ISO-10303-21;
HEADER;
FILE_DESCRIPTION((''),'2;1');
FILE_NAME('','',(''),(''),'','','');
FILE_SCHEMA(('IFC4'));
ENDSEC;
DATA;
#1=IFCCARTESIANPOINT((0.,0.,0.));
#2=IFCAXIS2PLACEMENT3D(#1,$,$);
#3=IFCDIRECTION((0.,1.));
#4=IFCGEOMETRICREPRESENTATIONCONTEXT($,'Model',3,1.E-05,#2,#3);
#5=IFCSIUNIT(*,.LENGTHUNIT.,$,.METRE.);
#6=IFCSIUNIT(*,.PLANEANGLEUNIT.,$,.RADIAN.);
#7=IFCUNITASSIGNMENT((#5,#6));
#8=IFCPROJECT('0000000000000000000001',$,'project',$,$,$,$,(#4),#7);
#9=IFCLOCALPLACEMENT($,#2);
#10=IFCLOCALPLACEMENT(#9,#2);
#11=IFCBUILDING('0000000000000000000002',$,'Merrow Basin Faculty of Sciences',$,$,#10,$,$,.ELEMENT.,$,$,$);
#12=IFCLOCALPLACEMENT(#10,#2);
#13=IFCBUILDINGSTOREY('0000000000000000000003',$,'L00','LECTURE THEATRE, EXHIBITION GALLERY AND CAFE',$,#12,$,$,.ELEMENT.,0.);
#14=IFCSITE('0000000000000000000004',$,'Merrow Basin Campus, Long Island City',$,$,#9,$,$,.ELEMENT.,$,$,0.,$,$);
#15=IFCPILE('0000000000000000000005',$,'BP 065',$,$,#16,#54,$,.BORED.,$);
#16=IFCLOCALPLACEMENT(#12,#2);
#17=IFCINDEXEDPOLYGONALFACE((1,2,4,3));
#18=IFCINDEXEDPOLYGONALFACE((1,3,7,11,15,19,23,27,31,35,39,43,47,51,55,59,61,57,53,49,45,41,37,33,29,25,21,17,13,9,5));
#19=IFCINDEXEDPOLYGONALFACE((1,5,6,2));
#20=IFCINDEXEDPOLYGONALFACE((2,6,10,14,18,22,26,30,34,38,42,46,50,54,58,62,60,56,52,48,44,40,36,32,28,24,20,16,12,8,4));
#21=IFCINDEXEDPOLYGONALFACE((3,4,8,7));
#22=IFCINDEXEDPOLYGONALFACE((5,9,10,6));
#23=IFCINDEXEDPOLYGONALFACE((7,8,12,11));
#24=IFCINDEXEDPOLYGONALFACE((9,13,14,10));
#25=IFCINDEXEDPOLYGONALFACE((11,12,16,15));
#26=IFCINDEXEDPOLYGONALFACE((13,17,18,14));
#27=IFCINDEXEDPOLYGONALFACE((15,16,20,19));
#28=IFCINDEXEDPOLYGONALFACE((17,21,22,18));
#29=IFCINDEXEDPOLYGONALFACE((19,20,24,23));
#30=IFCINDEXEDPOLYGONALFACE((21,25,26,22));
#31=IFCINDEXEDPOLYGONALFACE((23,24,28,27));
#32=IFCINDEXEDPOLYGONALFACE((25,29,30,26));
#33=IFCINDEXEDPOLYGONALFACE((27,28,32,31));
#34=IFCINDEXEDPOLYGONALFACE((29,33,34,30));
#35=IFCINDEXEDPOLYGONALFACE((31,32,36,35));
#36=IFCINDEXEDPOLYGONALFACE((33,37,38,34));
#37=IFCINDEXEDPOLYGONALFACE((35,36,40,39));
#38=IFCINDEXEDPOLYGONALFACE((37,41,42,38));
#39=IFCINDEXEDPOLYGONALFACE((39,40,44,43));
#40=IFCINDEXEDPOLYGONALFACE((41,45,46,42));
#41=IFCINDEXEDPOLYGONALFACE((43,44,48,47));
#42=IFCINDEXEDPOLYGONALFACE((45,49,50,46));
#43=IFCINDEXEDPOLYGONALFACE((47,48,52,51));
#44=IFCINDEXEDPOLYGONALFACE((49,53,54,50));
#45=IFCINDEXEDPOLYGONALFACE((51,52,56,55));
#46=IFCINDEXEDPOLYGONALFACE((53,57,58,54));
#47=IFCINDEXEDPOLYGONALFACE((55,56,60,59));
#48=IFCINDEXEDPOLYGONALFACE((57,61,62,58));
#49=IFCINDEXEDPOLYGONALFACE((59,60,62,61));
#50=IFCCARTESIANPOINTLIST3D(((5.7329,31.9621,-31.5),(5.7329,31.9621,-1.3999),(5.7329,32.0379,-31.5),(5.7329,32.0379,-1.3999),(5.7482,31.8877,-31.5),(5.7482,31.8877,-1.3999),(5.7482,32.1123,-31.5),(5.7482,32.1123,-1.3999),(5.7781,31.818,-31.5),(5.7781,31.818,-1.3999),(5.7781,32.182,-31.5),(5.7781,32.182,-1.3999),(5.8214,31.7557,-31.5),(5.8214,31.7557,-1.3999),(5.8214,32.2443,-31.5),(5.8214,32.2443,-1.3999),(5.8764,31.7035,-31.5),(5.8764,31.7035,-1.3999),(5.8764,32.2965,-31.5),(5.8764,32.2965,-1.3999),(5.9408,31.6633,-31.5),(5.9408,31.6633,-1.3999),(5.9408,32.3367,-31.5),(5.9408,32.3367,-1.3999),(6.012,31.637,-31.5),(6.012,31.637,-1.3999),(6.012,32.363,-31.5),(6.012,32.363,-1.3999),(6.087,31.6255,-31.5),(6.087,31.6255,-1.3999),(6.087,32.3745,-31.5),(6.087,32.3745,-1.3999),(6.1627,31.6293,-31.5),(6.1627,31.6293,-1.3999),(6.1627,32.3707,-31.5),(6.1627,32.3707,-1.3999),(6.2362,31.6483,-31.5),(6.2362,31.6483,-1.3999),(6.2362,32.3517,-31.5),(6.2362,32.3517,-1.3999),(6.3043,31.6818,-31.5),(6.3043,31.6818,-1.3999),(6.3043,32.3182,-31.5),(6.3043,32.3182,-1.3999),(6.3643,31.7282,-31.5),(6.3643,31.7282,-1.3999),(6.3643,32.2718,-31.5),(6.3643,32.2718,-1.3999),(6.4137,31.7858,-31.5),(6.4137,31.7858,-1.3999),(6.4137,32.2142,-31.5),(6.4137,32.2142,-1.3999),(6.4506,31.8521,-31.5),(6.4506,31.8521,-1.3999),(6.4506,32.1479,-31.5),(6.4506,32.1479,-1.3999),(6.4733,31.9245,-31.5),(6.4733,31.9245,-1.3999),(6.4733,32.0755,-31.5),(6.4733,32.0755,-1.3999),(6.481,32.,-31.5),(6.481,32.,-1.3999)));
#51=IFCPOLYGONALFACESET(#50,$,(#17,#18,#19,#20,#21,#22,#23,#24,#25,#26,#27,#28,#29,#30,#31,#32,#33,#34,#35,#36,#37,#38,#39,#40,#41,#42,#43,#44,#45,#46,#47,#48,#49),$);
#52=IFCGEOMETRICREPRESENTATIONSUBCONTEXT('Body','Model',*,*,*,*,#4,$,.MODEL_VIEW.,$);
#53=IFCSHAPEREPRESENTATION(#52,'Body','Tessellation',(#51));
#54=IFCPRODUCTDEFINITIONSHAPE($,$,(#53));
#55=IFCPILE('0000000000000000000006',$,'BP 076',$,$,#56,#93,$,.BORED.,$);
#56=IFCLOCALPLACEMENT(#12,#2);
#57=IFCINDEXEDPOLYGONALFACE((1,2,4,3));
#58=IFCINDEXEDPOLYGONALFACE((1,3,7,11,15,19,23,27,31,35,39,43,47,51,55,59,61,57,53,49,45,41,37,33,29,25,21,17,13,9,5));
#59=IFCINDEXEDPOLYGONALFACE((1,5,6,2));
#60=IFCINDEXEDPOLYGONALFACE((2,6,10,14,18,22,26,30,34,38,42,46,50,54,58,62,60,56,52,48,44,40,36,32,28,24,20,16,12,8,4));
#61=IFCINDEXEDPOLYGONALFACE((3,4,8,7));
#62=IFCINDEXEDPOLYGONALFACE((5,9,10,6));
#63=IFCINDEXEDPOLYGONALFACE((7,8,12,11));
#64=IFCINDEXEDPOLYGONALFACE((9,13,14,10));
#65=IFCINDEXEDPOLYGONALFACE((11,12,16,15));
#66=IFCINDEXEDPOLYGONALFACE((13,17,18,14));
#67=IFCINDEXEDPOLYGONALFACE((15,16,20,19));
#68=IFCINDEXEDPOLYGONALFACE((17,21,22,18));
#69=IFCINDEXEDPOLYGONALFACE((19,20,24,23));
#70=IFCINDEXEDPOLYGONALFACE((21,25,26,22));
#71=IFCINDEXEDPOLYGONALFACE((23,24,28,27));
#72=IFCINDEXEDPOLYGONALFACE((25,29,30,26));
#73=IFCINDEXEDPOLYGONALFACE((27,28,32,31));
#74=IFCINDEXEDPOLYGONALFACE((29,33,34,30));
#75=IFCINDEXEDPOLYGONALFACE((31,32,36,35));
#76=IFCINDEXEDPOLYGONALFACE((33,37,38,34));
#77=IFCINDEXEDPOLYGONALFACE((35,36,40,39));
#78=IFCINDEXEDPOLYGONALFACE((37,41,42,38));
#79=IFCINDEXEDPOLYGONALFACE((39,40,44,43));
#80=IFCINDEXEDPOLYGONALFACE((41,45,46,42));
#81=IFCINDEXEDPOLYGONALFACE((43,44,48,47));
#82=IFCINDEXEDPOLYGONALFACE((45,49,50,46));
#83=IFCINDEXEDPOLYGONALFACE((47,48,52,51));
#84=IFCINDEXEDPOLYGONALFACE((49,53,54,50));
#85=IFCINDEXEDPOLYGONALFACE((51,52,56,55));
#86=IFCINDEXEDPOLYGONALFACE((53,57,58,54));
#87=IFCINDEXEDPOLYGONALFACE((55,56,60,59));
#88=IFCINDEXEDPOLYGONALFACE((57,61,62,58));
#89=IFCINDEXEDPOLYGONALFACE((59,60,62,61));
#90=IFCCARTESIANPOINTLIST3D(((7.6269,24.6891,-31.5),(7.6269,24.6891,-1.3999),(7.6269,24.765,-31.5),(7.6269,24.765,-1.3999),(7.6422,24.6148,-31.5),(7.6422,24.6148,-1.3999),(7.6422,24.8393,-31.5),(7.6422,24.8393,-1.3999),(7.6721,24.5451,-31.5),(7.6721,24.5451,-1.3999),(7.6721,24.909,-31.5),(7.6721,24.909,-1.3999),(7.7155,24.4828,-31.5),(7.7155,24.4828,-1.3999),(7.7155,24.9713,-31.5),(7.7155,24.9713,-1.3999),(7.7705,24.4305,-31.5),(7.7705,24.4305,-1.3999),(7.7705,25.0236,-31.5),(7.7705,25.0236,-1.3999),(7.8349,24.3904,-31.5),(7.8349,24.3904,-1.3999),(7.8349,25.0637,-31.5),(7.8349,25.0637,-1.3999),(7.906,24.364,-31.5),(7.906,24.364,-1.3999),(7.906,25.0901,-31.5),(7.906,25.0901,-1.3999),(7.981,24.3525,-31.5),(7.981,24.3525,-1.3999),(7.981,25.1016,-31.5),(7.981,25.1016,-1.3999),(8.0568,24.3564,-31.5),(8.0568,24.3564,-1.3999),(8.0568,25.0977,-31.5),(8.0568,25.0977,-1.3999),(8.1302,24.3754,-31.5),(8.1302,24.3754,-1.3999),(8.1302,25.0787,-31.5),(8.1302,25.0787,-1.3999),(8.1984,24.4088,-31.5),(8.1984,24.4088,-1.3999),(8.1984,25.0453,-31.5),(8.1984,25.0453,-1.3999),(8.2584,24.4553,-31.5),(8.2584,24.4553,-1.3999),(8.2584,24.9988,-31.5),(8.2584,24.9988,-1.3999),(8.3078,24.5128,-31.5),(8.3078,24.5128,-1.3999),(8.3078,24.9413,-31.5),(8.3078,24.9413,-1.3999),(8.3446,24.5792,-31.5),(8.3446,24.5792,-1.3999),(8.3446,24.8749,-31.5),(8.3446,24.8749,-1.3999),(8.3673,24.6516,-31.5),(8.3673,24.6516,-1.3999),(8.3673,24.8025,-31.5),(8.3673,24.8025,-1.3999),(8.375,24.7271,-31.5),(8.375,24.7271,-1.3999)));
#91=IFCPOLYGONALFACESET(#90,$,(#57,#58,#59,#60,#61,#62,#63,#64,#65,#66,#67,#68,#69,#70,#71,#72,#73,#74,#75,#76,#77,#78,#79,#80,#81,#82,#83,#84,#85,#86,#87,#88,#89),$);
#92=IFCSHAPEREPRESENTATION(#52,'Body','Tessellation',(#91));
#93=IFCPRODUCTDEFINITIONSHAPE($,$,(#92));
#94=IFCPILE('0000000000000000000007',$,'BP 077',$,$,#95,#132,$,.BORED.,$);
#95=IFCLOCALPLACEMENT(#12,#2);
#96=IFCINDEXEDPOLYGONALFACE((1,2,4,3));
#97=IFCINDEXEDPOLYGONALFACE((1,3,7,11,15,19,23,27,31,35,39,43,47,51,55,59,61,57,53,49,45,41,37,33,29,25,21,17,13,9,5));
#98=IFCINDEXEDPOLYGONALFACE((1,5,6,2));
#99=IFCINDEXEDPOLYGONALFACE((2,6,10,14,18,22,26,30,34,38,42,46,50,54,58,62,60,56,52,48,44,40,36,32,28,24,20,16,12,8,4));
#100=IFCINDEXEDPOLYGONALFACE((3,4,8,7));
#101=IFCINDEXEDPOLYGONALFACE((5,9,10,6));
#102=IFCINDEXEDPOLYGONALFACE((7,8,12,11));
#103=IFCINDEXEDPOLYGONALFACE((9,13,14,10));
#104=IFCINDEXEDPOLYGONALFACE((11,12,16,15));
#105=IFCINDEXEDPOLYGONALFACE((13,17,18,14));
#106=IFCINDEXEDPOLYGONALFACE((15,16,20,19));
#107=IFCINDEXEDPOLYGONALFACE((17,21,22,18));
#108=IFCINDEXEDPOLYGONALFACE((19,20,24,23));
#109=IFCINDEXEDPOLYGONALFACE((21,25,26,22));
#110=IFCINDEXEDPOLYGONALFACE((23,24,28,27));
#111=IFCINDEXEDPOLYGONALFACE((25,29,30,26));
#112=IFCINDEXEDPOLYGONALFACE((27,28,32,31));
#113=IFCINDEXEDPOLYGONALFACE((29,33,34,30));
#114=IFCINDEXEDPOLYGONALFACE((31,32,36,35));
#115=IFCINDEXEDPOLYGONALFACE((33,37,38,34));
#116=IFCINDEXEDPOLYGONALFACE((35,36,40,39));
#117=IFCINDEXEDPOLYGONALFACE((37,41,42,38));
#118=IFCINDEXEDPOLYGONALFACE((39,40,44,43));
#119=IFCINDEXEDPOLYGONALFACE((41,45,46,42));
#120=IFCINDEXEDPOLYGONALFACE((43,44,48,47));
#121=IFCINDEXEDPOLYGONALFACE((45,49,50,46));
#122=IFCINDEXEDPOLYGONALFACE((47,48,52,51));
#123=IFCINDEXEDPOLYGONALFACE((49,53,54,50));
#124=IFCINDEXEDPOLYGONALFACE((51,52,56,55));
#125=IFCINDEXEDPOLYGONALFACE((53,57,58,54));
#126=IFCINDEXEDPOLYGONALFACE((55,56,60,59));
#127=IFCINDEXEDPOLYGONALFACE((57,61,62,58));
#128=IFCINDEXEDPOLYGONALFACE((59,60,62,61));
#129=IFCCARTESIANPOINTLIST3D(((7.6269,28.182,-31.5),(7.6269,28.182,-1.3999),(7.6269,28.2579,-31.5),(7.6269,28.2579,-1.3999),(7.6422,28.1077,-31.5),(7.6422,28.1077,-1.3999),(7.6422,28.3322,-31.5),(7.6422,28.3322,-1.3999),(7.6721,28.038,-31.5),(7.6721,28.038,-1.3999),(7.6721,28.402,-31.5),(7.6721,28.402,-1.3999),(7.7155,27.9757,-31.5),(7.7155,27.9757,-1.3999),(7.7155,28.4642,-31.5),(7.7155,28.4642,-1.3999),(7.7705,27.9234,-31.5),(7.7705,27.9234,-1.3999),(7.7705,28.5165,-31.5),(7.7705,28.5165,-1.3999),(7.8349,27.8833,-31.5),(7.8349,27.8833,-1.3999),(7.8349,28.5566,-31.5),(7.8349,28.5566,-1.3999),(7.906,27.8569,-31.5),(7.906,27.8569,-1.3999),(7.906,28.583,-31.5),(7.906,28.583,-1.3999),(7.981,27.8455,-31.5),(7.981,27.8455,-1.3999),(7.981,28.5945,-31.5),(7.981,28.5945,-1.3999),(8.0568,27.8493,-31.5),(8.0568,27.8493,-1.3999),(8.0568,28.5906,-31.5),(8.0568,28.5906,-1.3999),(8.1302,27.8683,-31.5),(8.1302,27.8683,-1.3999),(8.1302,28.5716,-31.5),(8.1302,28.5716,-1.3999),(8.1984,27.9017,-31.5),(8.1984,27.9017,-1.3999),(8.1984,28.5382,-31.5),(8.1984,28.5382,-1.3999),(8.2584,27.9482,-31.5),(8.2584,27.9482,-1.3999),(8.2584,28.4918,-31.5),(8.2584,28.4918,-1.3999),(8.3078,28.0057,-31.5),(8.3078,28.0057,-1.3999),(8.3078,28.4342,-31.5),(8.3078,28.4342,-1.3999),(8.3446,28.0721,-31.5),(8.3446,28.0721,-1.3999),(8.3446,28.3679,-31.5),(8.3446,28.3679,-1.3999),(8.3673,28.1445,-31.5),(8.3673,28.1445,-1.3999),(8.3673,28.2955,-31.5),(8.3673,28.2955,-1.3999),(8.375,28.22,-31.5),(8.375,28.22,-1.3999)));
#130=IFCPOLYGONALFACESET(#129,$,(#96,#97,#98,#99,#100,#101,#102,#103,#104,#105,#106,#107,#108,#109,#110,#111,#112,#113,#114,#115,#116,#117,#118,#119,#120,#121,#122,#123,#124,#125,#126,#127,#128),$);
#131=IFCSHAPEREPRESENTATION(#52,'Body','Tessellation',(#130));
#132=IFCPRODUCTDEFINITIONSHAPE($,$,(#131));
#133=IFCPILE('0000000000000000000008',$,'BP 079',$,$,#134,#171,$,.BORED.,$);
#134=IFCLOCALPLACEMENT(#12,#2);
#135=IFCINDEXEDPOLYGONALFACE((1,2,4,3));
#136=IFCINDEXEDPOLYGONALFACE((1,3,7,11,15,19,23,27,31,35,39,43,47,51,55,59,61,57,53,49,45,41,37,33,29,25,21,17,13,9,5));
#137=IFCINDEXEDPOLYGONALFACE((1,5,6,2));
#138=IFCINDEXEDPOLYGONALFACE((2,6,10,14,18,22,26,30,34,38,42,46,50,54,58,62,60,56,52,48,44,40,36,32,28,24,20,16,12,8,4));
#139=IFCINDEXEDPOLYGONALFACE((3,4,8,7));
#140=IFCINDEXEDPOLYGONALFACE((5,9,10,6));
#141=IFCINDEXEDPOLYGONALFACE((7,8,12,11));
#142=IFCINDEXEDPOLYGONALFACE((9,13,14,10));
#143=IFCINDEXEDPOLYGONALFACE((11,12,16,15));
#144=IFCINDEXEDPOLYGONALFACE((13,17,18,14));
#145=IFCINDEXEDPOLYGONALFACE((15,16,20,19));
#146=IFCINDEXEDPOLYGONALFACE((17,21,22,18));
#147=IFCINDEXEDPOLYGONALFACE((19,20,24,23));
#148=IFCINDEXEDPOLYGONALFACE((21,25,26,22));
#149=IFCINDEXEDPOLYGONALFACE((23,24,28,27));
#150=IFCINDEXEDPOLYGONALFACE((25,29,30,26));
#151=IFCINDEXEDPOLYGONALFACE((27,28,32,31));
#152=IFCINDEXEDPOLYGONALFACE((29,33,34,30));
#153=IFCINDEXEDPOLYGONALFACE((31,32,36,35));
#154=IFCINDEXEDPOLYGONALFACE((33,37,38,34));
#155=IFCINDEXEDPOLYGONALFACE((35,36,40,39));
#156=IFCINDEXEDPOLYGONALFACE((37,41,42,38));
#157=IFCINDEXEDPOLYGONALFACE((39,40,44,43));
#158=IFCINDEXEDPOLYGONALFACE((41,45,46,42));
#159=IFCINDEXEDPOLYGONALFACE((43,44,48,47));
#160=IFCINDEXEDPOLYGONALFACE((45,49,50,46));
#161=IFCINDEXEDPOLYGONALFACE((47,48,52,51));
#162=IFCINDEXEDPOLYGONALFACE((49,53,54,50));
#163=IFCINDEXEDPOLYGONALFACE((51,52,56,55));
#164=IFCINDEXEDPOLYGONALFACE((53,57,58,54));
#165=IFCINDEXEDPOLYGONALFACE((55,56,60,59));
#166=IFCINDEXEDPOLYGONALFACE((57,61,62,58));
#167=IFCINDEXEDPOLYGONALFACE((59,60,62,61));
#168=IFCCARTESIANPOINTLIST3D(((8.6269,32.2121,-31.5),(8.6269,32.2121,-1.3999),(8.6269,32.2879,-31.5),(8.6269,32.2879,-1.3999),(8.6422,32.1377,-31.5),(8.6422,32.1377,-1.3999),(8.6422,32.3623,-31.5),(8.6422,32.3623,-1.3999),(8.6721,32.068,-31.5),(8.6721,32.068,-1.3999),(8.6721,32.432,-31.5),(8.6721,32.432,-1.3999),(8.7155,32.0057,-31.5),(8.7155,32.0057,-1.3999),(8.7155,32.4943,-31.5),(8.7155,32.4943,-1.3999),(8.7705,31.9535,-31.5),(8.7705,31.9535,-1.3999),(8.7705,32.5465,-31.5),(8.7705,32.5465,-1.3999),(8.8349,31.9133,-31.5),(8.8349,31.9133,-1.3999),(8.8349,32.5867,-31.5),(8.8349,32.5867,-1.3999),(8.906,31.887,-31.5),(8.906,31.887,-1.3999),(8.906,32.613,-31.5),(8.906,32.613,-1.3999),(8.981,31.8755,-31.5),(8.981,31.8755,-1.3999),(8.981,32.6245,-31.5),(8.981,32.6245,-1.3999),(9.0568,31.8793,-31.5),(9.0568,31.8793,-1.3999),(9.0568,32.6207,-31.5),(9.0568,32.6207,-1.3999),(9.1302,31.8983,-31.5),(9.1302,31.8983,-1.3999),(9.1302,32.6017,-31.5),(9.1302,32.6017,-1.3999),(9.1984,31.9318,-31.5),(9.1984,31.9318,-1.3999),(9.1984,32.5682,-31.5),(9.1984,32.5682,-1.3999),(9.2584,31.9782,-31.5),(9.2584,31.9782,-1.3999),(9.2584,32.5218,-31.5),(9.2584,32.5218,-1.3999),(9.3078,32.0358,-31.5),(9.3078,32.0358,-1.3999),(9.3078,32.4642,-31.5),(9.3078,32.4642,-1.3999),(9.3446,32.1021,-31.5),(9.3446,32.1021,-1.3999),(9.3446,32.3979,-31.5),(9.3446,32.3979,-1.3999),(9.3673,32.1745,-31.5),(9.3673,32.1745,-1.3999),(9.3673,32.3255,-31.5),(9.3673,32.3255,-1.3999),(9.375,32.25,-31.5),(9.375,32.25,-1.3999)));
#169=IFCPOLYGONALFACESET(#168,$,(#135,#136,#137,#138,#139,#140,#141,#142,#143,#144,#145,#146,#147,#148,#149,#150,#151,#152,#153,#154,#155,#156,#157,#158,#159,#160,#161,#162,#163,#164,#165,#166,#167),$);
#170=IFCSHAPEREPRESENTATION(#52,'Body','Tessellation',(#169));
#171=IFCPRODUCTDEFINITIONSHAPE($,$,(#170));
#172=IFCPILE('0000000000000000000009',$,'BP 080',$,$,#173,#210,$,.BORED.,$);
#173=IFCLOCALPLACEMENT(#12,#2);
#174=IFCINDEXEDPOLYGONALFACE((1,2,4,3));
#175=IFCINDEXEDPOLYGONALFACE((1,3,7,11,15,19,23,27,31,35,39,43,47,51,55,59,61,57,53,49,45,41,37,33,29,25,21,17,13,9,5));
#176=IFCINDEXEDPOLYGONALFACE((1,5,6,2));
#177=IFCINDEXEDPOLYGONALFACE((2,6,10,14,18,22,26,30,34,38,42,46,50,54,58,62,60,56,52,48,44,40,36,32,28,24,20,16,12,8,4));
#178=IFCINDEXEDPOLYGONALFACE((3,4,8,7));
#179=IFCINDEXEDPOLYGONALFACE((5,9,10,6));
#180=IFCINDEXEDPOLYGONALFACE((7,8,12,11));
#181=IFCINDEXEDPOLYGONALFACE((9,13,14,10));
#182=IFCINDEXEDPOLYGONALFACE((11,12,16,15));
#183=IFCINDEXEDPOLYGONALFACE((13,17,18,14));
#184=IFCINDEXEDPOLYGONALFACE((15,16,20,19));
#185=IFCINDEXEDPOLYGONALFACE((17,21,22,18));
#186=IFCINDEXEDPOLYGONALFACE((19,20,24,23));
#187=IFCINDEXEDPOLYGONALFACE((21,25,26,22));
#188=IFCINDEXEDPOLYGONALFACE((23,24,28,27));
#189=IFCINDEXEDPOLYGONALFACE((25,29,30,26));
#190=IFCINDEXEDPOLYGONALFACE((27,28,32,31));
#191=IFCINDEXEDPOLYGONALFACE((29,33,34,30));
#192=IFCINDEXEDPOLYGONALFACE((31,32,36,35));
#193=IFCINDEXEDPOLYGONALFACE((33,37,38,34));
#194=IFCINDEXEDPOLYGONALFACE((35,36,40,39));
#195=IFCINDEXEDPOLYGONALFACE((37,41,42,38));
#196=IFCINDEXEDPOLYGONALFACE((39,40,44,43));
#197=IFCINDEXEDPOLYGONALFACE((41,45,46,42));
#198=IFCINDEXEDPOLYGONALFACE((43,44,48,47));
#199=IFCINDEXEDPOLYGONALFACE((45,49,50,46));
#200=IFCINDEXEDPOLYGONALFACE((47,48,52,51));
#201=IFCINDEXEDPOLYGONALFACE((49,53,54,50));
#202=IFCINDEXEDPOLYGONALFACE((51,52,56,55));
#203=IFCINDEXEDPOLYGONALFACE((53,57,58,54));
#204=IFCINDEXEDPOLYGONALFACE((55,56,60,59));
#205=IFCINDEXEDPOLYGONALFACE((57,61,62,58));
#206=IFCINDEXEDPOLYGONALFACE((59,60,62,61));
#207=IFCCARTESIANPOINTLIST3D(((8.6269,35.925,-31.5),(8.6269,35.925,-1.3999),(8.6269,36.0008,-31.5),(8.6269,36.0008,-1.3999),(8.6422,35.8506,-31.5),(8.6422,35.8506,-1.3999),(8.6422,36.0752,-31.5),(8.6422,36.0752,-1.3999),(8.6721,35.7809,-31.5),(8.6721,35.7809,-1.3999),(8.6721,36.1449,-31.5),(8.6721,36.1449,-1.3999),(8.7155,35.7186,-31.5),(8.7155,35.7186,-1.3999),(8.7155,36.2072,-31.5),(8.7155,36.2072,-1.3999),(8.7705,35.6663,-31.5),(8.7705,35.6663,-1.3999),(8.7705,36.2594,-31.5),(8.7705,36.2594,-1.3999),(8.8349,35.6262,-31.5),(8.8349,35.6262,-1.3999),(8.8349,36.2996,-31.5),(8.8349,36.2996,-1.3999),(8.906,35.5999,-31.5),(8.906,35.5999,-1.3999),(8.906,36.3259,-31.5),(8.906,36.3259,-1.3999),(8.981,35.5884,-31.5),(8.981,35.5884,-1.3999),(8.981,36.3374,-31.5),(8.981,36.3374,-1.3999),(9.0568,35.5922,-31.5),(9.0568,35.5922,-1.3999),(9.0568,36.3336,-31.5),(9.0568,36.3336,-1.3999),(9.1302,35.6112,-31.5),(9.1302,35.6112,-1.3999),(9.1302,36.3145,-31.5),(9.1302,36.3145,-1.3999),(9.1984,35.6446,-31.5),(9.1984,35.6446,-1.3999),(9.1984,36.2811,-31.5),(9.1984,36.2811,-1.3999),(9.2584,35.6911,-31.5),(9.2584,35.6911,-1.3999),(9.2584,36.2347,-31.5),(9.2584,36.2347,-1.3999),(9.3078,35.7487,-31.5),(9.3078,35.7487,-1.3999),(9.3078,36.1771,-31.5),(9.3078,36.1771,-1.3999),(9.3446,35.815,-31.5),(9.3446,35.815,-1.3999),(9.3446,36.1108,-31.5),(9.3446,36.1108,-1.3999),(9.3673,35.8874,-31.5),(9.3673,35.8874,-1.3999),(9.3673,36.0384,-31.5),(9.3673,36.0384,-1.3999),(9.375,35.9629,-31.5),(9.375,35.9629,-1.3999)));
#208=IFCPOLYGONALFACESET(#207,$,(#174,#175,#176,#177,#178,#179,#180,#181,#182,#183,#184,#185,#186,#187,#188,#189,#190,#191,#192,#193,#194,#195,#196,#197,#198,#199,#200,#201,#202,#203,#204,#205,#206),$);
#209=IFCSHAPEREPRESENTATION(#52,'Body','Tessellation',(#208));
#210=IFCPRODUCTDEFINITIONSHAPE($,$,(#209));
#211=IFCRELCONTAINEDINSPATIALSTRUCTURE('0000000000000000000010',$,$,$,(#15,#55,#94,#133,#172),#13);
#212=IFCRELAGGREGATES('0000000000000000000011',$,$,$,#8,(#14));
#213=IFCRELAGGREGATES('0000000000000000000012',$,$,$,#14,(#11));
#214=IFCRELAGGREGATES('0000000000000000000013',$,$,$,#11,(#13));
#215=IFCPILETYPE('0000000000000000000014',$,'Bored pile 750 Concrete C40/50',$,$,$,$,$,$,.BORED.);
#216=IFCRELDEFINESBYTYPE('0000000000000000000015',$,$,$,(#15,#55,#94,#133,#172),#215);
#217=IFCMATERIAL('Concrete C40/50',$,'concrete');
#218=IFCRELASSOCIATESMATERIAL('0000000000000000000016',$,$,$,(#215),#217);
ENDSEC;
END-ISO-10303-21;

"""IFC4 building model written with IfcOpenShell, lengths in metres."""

from ifc_helpers import new_model, si_unit, direction, frame, origin, origin_2d, place, context, subcontext, project, spatial, circle, extrude, material, material_profile, profile_set, type_object, element, save


model = new_model("IFC4")

# Units and contexts
model_context = context("Model", 3, precision=1e-05, world=origin(), true_north=direction((0.0, 1.0)))
body_context = subcontext(model_context, "Body", "Model", "MODEL_VIEW")
ifc_project = project(units=[si_unit("LENGTHUNIT", "METRE"), si_unit("PLANEANGLEUNIT", "RADIAN")], contexts=[model_context])

# Site, building, storey
site_placement = place(None, origin())
site = spatial("IfcSite", under=ifc_project, at=site_placement, Name="Merrow Basin Campus, Long Island City", CompositionType="ELEMENT", RefElevation=0.0)
building_placement = place(site_placement, origin())
building = spatial("IfcBuilding", under=site, at=building_placement, Name="Merrow Basin Faculty of Sciences", CompositionType="ELEMENT")
storey_placement = place(building_placement, origin())
storey = spatial("IfcBuildingStorey", under=building, at=storey_placement, Name="L00", Description="LECTURE THEATRE, EXHIBITION GALLERY AND CAFE", CompositionType="ELEMENT", Elevation=0.0)

# Piles
ifc_material_1 = material(Name="Concrete C40/50", Category="concrete")
ifc_material_profile_1 = material_profile(ifc_material_1, circle(Radius=0.375, at=origin_2d()))
ifc_profile_set_1 = profile_set([ifc_material_profile_1], Name="Concrete C40/50")
pile_type = type_object("IfcPileType", Name="Bored pile 750 Concrete C40/50", PredefinedType="BORED", material=ifc_profile_set_1)
for number, where, z_axis, x_axis, name in (
    (1, (6.106, 32.0, -1.3999), (0.0, 0.0, -1.0), (1.0, 0.0, 0.0), "BP 065"),
    (2, (8.0, 24.7271, -1.3999), (0.0, 0.0, -1.0), (1.0, 0.0, 0.0), "BP 076"),
    (3, (8.0, 28.22, -1.3999), (0.0, 0.0, -1.0), (1.0, 0.0, 0.0), "BP 077"),
    (4, (9.0, 32.25, -1.3999), (0.0, 0.0, -1.0), (1.0, 0.0, 0.0), "BP 079"),
    (5, (9.0, 35.9629, -1.3999), (0.0, 0.0, -1.0), (1.0, 0.0, 0.0), "BP 080"),
):
    element("IfcPile", number, at=place(storey_placement, frame(where, z_axis=z_axis, x_axis=x_axis)), inside=storey, type_object=pile_type, Name=name, PredefinedType="BORED", context=body_context, shape_type="SweptSolid", body=[
        extrude(circle(Radius=0.375, at=origin_2d()), origin(), (0.0, 0.0, 1.0), 30.1001),
    ])

save(model, "model.ifc")
